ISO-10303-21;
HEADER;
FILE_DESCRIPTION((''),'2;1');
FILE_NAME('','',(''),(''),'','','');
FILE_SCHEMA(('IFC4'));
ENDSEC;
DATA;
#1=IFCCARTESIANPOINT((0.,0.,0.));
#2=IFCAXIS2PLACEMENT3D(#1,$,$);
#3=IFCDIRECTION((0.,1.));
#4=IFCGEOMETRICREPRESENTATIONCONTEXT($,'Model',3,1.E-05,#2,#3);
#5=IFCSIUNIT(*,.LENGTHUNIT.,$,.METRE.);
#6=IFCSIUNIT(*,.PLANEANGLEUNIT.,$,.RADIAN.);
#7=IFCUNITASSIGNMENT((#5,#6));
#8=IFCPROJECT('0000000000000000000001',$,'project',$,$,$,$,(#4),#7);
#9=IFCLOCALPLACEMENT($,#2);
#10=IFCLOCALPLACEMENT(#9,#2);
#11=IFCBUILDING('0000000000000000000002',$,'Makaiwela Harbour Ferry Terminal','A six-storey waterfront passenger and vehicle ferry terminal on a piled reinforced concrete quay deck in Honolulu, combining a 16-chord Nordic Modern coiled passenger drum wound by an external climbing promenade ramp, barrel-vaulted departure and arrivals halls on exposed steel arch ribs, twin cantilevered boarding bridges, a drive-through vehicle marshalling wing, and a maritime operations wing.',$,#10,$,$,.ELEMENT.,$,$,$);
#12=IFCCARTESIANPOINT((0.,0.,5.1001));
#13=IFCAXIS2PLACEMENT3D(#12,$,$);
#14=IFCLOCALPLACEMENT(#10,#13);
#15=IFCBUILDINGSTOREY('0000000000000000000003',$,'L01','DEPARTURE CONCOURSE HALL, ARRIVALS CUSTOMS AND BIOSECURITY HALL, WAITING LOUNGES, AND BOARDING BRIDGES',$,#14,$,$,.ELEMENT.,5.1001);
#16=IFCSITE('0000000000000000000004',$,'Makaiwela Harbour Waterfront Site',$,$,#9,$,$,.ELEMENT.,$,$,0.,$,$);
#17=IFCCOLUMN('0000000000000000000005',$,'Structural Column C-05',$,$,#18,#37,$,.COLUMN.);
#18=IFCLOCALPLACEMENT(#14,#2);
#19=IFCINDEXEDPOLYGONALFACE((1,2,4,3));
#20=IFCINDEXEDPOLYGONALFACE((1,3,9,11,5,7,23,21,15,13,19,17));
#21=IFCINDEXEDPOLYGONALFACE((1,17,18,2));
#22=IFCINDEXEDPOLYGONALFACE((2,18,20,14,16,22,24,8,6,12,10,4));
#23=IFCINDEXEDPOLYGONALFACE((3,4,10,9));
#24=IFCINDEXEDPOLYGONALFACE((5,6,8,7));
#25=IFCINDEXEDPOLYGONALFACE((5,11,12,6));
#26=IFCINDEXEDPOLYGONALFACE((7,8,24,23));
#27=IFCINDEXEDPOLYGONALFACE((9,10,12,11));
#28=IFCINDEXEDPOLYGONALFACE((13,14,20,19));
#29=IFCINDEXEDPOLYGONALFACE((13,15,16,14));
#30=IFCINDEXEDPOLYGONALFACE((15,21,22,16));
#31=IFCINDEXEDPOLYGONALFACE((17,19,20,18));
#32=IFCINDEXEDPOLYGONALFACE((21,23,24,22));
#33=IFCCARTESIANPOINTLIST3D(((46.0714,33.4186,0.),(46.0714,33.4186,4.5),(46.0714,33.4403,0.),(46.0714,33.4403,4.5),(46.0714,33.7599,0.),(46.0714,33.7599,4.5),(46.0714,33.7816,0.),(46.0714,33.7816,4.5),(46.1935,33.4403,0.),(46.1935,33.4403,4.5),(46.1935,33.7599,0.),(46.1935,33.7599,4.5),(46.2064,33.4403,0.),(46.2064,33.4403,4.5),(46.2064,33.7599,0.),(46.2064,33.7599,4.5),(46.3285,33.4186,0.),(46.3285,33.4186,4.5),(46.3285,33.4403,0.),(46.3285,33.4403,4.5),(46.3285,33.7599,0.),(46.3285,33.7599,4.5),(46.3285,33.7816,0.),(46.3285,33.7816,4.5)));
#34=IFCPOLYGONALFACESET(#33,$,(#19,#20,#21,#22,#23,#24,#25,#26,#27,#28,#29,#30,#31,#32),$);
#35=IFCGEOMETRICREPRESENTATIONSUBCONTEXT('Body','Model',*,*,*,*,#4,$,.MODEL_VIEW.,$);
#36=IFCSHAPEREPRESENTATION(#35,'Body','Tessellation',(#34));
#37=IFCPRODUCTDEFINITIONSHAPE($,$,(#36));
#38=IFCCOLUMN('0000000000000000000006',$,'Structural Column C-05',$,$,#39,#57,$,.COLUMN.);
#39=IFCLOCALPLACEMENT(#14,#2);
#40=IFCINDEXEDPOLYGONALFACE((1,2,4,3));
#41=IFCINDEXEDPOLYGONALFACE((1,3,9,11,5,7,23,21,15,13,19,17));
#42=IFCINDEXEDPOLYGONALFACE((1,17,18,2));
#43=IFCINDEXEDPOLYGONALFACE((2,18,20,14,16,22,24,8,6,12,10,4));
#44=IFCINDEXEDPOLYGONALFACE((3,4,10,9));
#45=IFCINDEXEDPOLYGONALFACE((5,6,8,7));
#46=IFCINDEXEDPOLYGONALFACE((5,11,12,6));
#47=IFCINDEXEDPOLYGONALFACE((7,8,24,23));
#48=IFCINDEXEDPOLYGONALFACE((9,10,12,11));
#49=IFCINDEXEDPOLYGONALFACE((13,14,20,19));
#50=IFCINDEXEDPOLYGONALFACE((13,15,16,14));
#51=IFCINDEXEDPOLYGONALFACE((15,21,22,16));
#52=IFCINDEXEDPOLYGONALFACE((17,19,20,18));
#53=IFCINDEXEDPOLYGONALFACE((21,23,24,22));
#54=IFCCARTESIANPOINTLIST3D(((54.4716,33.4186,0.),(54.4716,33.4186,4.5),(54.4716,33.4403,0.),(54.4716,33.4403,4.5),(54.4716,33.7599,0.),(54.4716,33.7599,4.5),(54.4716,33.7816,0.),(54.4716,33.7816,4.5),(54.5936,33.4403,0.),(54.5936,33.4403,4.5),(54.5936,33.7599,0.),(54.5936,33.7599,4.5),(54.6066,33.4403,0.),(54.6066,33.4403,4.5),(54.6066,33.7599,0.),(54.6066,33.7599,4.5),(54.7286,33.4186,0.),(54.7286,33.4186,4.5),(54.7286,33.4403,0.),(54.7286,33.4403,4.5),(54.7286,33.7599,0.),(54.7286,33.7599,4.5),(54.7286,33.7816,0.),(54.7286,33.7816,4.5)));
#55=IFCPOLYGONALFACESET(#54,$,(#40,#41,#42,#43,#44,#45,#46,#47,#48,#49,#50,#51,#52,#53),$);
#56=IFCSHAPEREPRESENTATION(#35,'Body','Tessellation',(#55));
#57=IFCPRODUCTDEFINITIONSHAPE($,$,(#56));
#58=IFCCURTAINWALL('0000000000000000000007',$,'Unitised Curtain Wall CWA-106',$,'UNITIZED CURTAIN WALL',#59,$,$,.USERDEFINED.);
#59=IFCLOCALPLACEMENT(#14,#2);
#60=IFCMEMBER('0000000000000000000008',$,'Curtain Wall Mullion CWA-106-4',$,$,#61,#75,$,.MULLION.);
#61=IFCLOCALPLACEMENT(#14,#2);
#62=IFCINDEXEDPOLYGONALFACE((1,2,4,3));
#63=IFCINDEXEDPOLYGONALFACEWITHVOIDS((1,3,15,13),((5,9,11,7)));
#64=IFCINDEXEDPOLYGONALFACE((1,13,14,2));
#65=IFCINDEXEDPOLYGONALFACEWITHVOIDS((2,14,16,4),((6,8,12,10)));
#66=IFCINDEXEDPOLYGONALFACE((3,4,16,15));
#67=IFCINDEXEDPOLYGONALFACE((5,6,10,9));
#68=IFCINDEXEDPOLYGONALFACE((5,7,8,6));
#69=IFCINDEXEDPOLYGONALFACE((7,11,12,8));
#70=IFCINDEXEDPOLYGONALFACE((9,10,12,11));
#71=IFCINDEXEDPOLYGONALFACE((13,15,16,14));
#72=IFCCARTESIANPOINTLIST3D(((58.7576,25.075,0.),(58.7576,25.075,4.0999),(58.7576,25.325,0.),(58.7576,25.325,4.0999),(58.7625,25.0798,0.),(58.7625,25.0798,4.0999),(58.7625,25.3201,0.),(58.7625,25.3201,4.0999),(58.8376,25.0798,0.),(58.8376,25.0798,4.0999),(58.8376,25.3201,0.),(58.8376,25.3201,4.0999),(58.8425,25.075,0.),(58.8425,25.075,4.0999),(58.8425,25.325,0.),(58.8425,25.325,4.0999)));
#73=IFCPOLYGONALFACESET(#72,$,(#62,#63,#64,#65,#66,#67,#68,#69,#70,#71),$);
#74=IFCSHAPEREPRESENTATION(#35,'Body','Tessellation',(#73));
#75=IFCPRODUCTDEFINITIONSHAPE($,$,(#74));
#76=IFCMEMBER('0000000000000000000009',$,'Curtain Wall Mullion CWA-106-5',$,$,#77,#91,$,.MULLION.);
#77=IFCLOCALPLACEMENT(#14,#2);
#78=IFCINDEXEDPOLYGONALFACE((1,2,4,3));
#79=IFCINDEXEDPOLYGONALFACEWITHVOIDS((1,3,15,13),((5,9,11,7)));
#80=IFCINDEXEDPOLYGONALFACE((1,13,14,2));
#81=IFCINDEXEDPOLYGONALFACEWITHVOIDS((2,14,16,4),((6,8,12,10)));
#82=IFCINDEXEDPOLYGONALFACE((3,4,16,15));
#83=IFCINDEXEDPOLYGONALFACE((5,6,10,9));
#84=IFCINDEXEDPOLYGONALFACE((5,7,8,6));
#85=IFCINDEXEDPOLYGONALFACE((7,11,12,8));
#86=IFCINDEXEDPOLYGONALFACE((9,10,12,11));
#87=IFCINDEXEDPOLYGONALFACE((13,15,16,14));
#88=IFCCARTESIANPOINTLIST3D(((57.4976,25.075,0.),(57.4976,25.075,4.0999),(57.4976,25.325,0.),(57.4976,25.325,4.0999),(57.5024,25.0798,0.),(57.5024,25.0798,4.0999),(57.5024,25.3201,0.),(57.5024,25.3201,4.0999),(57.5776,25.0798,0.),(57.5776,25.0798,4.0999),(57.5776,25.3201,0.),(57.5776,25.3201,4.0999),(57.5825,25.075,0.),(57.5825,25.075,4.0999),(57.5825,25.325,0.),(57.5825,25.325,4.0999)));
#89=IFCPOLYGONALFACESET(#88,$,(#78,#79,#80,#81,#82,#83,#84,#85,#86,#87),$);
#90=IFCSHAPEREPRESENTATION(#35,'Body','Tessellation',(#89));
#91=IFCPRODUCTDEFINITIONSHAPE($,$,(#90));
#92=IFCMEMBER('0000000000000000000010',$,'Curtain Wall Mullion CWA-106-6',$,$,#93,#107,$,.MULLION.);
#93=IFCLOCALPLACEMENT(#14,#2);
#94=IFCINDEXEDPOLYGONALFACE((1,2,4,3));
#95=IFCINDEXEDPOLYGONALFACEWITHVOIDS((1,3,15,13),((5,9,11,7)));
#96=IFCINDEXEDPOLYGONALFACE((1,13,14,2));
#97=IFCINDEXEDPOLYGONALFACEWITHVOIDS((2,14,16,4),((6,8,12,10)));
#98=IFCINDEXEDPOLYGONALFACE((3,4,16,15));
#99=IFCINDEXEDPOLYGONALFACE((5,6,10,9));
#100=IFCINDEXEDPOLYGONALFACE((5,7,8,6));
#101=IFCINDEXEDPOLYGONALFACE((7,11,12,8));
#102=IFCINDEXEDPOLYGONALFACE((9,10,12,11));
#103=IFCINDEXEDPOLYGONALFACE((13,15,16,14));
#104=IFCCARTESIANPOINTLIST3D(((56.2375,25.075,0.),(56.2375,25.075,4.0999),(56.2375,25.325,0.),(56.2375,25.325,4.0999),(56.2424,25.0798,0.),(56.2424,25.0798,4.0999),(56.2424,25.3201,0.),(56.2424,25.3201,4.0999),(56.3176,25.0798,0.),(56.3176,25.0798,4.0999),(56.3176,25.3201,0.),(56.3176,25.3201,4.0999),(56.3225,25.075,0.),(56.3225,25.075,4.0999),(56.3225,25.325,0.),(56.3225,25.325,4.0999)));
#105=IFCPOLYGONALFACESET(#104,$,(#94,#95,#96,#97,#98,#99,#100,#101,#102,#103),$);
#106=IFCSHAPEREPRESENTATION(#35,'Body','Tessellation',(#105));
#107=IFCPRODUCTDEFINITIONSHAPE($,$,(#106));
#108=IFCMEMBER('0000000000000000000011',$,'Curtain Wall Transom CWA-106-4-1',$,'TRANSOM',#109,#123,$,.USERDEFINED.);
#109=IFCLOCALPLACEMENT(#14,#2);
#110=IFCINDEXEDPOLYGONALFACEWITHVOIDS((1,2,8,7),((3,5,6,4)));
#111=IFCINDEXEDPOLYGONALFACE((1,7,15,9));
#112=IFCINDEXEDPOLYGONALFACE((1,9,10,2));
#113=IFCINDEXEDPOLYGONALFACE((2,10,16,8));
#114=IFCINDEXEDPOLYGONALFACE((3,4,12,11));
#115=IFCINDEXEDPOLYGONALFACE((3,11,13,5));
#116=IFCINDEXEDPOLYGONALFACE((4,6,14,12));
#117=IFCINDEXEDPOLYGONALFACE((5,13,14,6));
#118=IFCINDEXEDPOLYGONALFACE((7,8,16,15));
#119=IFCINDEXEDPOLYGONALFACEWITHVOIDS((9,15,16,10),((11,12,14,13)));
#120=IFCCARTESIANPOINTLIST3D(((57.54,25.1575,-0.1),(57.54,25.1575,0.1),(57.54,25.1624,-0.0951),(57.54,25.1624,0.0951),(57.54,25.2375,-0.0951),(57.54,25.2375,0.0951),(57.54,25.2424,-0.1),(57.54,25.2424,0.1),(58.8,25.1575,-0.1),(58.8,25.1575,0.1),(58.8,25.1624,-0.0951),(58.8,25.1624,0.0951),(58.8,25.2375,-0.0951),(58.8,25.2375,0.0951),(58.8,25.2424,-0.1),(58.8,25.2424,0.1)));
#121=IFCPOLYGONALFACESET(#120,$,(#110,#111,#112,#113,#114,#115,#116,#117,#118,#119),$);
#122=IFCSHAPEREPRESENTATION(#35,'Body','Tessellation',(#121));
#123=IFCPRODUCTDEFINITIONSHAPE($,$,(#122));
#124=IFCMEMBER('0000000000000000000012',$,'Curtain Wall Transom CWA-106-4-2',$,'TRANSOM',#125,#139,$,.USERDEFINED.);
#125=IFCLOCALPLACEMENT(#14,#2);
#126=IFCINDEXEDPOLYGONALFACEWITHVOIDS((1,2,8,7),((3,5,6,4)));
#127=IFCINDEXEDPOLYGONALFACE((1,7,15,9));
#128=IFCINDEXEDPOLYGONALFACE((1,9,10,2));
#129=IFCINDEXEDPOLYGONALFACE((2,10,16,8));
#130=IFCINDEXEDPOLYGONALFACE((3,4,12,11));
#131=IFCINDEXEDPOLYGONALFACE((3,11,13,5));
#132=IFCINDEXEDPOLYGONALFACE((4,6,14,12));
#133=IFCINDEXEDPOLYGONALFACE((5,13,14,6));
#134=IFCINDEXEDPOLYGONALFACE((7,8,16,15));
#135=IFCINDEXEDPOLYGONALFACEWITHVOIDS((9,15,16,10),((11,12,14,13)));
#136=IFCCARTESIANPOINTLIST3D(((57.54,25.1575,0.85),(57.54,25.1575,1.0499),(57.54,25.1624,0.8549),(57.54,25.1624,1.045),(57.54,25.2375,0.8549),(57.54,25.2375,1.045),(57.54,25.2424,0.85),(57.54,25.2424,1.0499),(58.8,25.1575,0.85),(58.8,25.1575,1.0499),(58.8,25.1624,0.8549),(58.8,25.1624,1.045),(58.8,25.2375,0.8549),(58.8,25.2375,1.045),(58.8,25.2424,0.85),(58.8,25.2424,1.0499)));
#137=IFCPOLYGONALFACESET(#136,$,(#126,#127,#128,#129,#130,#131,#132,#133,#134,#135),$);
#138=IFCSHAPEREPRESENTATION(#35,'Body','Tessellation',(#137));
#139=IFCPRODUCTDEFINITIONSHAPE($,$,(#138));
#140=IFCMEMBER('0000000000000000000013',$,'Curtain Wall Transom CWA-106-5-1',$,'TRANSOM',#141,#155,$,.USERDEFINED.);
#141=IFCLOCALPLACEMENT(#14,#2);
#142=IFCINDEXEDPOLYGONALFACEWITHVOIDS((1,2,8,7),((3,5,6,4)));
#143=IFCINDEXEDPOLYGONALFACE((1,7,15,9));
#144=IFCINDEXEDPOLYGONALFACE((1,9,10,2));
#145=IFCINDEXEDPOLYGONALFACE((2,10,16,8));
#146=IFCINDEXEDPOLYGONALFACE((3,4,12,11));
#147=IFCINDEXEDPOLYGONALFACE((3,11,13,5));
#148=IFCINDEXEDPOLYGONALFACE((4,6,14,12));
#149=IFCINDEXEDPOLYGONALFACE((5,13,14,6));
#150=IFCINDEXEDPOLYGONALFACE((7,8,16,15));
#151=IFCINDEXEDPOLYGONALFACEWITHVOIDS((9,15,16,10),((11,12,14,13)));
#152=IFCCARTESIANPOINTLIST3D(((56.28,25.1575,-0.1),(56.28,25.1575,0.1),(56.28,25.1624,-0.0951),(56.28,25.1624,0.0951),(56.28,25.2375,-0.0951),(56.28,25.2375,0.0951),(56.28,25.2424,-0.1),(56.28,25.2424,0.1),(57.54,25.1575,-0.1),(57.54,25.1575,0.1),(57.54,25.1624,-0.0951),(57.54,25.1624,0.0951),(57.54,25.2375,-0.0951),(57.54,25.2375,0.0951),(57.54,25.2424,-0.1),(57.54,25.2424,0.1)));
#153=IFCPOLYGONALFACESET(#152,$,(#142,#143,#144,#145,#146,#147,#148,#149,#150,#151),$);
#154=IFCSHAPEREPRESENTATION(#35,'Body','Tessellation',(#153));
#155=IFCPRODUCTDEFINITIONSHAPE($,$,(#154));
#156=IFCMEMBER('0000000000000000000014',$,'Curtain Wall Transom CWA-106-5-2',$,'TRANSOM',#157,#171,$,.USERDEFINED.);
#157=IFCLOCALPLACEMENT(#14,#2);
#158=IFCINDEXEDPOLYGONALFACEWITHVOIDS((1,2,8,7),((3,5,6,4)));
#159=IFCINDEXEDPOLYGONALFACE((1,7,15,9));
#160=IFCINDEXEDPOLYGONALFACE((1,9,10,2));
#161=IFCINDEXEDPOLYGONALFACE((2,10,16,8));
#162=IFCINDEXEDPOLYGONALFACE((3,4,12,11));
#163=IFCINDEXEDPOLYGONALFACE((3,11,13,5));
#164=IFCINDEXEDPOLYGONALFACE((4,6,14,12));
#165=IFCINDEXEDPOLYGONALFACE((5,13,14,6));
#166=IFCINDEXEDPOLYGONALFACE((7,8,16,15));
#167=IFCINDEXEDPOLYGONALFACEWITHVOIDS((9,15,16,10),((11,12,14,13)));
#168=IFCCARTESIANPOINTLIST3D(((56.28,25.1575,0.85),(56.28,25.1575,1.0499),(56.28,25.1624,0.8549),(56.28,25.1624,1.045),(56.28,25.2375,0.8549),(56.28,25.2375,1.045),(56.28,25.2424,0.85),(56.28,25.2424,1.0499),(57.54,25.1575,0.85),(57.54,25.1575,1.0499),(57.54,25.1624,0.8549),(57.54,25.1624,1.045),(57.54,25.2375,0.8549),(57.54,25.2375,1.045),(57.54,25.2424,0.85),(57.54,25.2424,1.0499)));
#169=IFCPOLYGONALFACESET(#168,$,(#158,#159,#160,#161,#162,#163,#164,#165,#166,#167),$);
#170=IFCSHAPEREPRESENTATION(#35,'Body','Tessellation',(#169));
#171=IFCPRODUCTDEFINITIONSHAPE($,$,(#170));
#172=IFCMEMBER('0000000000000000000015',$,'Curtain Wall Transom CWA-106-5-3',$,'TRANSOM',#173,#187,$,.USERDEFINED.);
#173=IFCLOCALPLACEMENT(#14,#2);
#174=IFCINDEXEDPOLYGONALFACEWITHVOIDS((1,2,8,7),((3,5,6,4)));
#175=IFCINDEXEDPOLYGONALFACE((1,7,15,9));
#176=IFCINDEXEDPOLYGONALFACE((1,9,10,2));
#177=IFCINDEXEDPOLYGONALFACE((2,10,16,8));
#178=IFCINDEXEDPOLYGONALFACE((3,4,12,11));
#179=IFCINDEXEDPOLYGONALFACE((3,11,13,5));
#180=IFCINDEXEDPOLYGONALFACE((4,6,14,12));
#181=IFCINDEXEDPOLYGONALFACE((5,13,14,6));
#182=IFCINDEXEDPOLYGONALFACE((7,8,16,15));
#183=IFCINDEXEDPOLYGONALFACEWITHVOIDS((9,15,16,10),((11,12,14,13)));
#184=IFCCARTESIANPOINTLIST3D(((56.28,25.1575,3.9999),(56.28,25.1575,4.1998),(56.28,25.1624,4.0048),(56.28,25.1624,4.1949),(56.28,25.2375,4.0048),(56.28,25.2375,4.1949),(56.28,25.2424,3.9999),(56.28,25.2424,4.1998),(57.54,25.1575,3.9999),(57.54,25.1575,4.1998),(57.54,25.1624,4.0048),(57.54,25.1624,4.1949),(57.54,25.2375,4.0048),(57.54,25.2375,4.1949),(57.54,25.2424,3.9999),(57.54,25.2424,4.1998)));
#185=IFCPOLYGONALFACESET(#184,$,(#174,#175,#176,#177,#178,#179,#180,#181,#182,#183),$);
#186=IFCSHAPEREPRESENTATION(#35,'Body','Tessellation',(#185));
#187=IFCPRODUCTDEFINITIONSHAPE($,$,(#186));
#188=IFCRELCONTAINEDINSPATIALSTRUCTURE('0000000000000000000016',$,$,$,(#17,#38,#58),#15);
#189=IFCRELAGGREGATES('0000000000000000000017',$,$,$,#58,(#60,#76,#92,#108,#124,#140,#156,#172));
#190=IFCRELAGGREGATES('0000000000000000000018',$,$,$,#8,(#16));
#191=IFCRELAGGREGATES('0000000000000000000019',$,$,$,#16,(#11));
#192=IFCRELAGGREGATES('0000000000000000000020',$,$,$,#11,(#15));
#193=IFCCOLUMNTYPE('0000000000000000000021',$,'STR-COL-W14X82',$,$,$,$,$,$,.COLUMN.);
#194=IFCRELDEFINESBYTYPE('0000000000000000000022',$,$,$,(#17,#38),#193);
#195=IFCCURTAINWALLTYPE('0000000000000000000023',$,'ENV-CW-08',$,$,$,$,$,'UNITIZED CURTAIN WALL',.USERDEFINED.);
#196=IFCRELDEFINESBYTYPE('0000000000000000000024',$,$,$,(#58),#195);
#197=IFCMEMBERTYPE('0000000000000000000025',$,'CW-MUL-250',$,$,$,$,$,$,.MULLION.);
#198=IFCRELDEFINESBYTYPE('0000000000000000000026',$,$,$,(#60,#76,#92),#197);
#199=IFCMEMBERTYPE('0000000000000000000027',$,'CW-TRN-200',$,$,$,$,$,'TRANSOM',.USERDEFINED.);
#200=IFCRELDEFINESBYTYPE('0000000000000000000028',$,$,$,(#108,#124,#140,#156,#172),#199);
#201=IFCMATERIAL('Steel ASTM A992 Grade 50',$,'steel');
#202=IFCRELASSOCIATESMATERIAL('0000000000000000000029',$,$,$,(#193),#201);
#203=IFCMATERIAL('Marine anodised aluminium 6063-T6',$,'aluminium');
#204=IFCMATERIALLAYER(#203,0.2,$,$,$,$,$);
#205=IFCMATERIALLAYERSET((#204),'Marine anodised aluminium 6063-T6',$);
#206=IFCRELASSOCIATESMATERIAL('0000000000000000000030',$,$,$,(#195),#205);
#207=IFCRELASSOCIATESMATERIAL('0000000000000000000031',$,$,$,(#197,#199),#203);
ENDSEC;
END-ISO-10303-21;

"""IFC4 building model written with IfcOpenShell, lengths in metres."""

from ifc_helpers import new_model, si_unit, direction, frame, origin, origin_2d, place, context, subcontext, project, spatial, hollow_rectangle, i_section, extrude, material, layer, layer_set, material_profile, profile_set, type_object, element, aggregate, save


model = new_model("IFC4")

# Units and contexts
model_context = context("Model", 3, precision=1e-05, world=origin(), true_north=direction((0.0, 1.0)))
body_context = subcontext(model_context, "Body", "Model", "MODEL_VIEW")
ifc_project = project(units=[si_unit("LENGTHUNIT", "METRE"), si_unit("PLANEANGLEUNIT", "RADIAN")], contexts=[model_context])

# Site, building, storey
site_placement = place(None, origin())
site = spatial("IfcSite", under=ifc_project, at=site_placement, Name="Makaiwela Harbour Waterfront Site", CompositionType="ELEMENT", RefElevation=0.0)
building_placement = place(site_placement, origin())
building = spatial("IfcBuilding", under=site, at=building_placement, Name="Makaiwela Harbour Ferry Terminal", Description="A six-storey waterfront passenger and vehicle ferry terminal on a piled reinforced concrete quay deck in Honolulu, combining a 16-chord Nordic Modern coiled passenger drum wound by an external climbing promenade ramp, barrel-vaulted departure and arrivals halls on exposed steel arch ribs, twin cantilevered boarding bridges, a drive-through vehicle marshalling wing, and a maritime operations wing.", CompositionType="ELEMENT")
storey_placement = place(building_placement, frame((0.0, 0.0, 5.1001)))
storey = spatial("IfcBuildingStorey", under=building, at=storey_placement, Name="L01", Description="DEPARTURE CONCOURSE HALL, ARRIVALS CUSTOMS AND BIOSECURITY HALL, WAITING LOUNGES, AND BOARDING BRIDGES", CompositionType="ELEMENT", Elevation=5.1001)

# Columns
ifc_material_1 = material(Name="Steel ASTM A992 Grade 50", Category="steel")
ifc_material_profile_1 = material_profile(ifc_material_1, i_section(OverallWidth=0.2571, OverallDepth=0.363, WebThickness=0.0129, FlangeThickness=0.0217, at=origin_2d()), Name="W14X82")
ifc_profile_set_1 = profile_set([ifc_material_profile_1], Name="Steel ASTM A992 Grade 50")
column_type = type_object("IfcColumnType", Name="STR-COL-W14X82", PredefinedType="COLUMN", material=ifc_profile_set_1)
for number, where, z_axis, x_axis, name in (
    (1, (46.2, 33.6001, 0.0), (0.0, 0.0, 1.0), (1.0, 0.0, 0.0), "Structural Column C-05"),
    (2, (54.6001, 33.6001, 0.0), (0.0, 0.0, 1.0), (1.0, 0.0, 0.0), "Structural Column C-05"),
):
    element("IfcColumn", number, at=place(storey_placement, frame(where, z_axis=z_axis, x_axis=x_axis)), inside=storey, type_object=column_type, Name=name, PredefinedType="COLUMN", context=body_context, shape_type="SweptSolid", body=[
        extrude(i_section(OverallWidth=0.2571, OverallDepth=0.363, WebThickness=0.0129, FlangeThickness=0.0217, at=origin_2d()), origin(), (0.0, 0.0, 1.0), 4.5),
    ])

# Curtain wall, members
ifc_material_2 = material(Name="Marine anodised aluminium 6063-T6", Category="aluminium")
ifc_layer_1 = layer(ifc_material_2, 0.2)
ifc_layer_set_1 = layer_set([ifc_layer_1], Name="Marine anodised aluminium 6063-T6")
curtain_wall_type = type_object("IfcCurtainWallType", Name="ENV-CW-08", ElementType="UNITIZED CURTAIN WALL", PredefinedType="USERDEFINED", material=ifc_layer_set_1)
curtain_wall_placement = place(storey_placement, origin())
curtain_wall = element("IfcCurtainWall", 3, at=curtain_wall_placement, inside=storey, type_object=curtain_wall_type, Name="Unitised Curtain Wall CWA-106", ObjectType="UNITIZED CURTAIN WALL", PredefinedType="USERDEFINED")
ifc_material_profile_2 = material_profile(ifc_material_2, hollow_rectangle(XDim=0.085, YDim=0.25, WallThickness=0.0049, at=origin_2d()), Name="CWM-250X85")
ifc_profile_set_2 = profile_set([ifc_material_profile_2], Name="Marine anodised aluminium 6063-T6")
member_type_1 = type_object("IfcMemberType", Name="CW-MUL-250", PredefinedType="MULLION", material=ifc_profile_set_2)
member_1_placement = place(storey_placement, frame((58.8, 25.2, 0.0), z_axis=(0.0, 0.0, 1.0), x_axis=(1.0, 0.0, 0.0)))
member_1 = element("IfcMember", 4, at=member_1_placement, type_object=member_type_1, Name="Curtain Wall Mullion CWA-106-4", PredefinedType="MULLION", context=body_context, shape_type="SweptSolid", body=[
    extrude(hollow_rectangle(XDim=0.085, YDim=0.25, WallThickness=0.0049, at=origin_2d()), origin(), (0.0, 0.0, 1.0), 4.0999),
])
member_2_placement = place(storey_placement, frame((57.54, 25.2, 0.0), z_axis=(0.0, 0.0, 1.0), x_axis=(1.0, 0.0, 0.0)))
member_2 = element("IfcMember", 5, at=member_2_placement, type_object=member_type_1, Name="Curtain Wall Mullion CWA-106-5", PredefinedType="MULLION", context=body_context, shape_type="SweptSolid", body=[
    extrude(hollow_rectangle(XDim=0.085, YDim=0.25, WallThickness=0.0049, at=origin_2d()), origin(), (0.0, 0.0, 1.0), 4.0999),
])
member_3_placement = place(storey_placement, frame((56.28, 25.2, 0.0), z_axis=(0.0, 0.0, 1.0), x_axis=(1.0, 0.0, 0.0)))
member_3 = element("IfcMember", 6, at=member_3_placement, type_object=member_type_1, Name="Curtain Wall Mullion CWA-106-6", PredefinedType="MULLION", context=body_context, shape_type="SweptSolid", body=[
    extrude(hollow_rectangle(XDim=0.085, YDim=0.25, WallThickness=0.0049, at=origin_2d()), origin(), (0.0, 0.0, 1.0), 4.0999),
])
ifc_material_profile_3 = material_profile(ifc_material_2, hollow_rectangle(XDim=0.085, YDim=0.2, WallThickness=0.0049, at=origin_2d()), Name="CWT-200X85")
ifc_profile_set_3 = profile_set([ifc_material_profile_3], Name="Marine anodised aluminium 6063-T6")
member_type_2 = type_object("IfcMemberType", Name="CW-TRN-200", ElementType="TRANSOM", PredefinedType="USERDEFINED", material=ifc_profile_set_3)
member_4_placement = place(storey_placement, frame((58.8, 25.2, 0.0), z_axis=(-1.0, 0.0, 0.0), x_axis=(0.0, -1.0, 0.0)))
member_4 = element("IfcMember", 7, at=member_4_placement, type_object=member_type_2, Name="Curtain Wall Transom CWA-106-4-1", ObjectType="TRANSOM", PredefinedType="USERDEFINED", context=body_context, shape_type="SweptSolid", body=[
    extrude(hollow_rectangle(XDim=0.085, YDim=0.2, WallThickness=0.0049, at=origin_2d()), origin(), (0.0, 0.0, 1.0), 1.26),
])
member_5_placement = place(storey_placement, frame((58.8, 25.2, 0.95), z_axis=(-1.0, 0.0, 0.0), x_axis=(0.0, -1.0, 0.0)))
member_5 = element("IfcMember", 8, at=member_5_placement, type_object=member_type_2, Name="Curtain Wall Transom CWA-106-4-2", ObjectType="TRANSOM", PredefinedType="USERDEFINED", context=body_context, shape_type="SweptSolid", body=[
    extrude(hollow_rectangle(XDim=0.085, YDim=0.2, WallThickness=0.0049, at=origin_2d()), origin(), (0.0, 0.0, 1.0), 1.26),
])
member_6_placement = place(storey_placement, frame((57.54, 25.2, 0.0), z_axis=(-1.0, 0.0, 0.0), x_axis=(0.0, -1.0, 0.0)))
member_6 = element("IfcMember", 9, at=member_6_placement, type_object=member_type_2, Name="Curtain Wall Transom CWA-106-5-1", ObjectType="TRANSOM", PredefinedType="USERDEFINED", context=body_context, shape_type="SweptSolid", body=[
    extrude(hollow_rectangle(XDim=0.085, YDim=0.2, WallThickness=0.0049, at=origin_2d()), origin(), (0.0, 0.0, 1.0), 1.26),
])
member_7_placement = place(storey_placement, frame((57.54, 25.2, 0.95), z_axis=(-1.0, 0.0, 0.0), x_axis=(0.0, -1.0, 0.0)))
member_7 = element("IfcMember", 10, at=member_7_placement, type_object=member_type_2, Name="Curtain Wall Transom CWA-106-5-2", ObjectType="TRANSOM", PredefinedType="USERDEFINED", context=body_context, shape_type="SweptSolid", body=[
    extrude(hollow_rectangle(XDim=0.085, YDim=0.2, WallThickness=0.0049, at=origin_2d()), origin(), (0.0, 0.0, 1.0), 1.26),
])
member_8_placement = place(storey_placement, frame((57.54, 25.2, 4.0999), z_axis=(-1.0, 0.0, 0.0), x_axis=(0.0, -1.0, 0.0)))
member_8 = element("IfcMember", 11, at=member_8_placement, type_object=member_type_2, Name="Curtain Wall Transom CWA-106-5-3", ObjectType="TRANSOM", PredefinedType="USERDEFINED", context=body_context, shape_type="SweptSolid", body=[
    extrude(hollow_rectangle(XDim=0.085, YDim=0.2, WallThickness=0.0049, at=origin_2d()), origin(), (0.0, 0.0, 1.0), 1.26),
])

aggregate(curtain_wall, [member_1, member_2, member_3, member_4, member_5, member_6, member_7, member_8])

save(model, "model.ifc")
